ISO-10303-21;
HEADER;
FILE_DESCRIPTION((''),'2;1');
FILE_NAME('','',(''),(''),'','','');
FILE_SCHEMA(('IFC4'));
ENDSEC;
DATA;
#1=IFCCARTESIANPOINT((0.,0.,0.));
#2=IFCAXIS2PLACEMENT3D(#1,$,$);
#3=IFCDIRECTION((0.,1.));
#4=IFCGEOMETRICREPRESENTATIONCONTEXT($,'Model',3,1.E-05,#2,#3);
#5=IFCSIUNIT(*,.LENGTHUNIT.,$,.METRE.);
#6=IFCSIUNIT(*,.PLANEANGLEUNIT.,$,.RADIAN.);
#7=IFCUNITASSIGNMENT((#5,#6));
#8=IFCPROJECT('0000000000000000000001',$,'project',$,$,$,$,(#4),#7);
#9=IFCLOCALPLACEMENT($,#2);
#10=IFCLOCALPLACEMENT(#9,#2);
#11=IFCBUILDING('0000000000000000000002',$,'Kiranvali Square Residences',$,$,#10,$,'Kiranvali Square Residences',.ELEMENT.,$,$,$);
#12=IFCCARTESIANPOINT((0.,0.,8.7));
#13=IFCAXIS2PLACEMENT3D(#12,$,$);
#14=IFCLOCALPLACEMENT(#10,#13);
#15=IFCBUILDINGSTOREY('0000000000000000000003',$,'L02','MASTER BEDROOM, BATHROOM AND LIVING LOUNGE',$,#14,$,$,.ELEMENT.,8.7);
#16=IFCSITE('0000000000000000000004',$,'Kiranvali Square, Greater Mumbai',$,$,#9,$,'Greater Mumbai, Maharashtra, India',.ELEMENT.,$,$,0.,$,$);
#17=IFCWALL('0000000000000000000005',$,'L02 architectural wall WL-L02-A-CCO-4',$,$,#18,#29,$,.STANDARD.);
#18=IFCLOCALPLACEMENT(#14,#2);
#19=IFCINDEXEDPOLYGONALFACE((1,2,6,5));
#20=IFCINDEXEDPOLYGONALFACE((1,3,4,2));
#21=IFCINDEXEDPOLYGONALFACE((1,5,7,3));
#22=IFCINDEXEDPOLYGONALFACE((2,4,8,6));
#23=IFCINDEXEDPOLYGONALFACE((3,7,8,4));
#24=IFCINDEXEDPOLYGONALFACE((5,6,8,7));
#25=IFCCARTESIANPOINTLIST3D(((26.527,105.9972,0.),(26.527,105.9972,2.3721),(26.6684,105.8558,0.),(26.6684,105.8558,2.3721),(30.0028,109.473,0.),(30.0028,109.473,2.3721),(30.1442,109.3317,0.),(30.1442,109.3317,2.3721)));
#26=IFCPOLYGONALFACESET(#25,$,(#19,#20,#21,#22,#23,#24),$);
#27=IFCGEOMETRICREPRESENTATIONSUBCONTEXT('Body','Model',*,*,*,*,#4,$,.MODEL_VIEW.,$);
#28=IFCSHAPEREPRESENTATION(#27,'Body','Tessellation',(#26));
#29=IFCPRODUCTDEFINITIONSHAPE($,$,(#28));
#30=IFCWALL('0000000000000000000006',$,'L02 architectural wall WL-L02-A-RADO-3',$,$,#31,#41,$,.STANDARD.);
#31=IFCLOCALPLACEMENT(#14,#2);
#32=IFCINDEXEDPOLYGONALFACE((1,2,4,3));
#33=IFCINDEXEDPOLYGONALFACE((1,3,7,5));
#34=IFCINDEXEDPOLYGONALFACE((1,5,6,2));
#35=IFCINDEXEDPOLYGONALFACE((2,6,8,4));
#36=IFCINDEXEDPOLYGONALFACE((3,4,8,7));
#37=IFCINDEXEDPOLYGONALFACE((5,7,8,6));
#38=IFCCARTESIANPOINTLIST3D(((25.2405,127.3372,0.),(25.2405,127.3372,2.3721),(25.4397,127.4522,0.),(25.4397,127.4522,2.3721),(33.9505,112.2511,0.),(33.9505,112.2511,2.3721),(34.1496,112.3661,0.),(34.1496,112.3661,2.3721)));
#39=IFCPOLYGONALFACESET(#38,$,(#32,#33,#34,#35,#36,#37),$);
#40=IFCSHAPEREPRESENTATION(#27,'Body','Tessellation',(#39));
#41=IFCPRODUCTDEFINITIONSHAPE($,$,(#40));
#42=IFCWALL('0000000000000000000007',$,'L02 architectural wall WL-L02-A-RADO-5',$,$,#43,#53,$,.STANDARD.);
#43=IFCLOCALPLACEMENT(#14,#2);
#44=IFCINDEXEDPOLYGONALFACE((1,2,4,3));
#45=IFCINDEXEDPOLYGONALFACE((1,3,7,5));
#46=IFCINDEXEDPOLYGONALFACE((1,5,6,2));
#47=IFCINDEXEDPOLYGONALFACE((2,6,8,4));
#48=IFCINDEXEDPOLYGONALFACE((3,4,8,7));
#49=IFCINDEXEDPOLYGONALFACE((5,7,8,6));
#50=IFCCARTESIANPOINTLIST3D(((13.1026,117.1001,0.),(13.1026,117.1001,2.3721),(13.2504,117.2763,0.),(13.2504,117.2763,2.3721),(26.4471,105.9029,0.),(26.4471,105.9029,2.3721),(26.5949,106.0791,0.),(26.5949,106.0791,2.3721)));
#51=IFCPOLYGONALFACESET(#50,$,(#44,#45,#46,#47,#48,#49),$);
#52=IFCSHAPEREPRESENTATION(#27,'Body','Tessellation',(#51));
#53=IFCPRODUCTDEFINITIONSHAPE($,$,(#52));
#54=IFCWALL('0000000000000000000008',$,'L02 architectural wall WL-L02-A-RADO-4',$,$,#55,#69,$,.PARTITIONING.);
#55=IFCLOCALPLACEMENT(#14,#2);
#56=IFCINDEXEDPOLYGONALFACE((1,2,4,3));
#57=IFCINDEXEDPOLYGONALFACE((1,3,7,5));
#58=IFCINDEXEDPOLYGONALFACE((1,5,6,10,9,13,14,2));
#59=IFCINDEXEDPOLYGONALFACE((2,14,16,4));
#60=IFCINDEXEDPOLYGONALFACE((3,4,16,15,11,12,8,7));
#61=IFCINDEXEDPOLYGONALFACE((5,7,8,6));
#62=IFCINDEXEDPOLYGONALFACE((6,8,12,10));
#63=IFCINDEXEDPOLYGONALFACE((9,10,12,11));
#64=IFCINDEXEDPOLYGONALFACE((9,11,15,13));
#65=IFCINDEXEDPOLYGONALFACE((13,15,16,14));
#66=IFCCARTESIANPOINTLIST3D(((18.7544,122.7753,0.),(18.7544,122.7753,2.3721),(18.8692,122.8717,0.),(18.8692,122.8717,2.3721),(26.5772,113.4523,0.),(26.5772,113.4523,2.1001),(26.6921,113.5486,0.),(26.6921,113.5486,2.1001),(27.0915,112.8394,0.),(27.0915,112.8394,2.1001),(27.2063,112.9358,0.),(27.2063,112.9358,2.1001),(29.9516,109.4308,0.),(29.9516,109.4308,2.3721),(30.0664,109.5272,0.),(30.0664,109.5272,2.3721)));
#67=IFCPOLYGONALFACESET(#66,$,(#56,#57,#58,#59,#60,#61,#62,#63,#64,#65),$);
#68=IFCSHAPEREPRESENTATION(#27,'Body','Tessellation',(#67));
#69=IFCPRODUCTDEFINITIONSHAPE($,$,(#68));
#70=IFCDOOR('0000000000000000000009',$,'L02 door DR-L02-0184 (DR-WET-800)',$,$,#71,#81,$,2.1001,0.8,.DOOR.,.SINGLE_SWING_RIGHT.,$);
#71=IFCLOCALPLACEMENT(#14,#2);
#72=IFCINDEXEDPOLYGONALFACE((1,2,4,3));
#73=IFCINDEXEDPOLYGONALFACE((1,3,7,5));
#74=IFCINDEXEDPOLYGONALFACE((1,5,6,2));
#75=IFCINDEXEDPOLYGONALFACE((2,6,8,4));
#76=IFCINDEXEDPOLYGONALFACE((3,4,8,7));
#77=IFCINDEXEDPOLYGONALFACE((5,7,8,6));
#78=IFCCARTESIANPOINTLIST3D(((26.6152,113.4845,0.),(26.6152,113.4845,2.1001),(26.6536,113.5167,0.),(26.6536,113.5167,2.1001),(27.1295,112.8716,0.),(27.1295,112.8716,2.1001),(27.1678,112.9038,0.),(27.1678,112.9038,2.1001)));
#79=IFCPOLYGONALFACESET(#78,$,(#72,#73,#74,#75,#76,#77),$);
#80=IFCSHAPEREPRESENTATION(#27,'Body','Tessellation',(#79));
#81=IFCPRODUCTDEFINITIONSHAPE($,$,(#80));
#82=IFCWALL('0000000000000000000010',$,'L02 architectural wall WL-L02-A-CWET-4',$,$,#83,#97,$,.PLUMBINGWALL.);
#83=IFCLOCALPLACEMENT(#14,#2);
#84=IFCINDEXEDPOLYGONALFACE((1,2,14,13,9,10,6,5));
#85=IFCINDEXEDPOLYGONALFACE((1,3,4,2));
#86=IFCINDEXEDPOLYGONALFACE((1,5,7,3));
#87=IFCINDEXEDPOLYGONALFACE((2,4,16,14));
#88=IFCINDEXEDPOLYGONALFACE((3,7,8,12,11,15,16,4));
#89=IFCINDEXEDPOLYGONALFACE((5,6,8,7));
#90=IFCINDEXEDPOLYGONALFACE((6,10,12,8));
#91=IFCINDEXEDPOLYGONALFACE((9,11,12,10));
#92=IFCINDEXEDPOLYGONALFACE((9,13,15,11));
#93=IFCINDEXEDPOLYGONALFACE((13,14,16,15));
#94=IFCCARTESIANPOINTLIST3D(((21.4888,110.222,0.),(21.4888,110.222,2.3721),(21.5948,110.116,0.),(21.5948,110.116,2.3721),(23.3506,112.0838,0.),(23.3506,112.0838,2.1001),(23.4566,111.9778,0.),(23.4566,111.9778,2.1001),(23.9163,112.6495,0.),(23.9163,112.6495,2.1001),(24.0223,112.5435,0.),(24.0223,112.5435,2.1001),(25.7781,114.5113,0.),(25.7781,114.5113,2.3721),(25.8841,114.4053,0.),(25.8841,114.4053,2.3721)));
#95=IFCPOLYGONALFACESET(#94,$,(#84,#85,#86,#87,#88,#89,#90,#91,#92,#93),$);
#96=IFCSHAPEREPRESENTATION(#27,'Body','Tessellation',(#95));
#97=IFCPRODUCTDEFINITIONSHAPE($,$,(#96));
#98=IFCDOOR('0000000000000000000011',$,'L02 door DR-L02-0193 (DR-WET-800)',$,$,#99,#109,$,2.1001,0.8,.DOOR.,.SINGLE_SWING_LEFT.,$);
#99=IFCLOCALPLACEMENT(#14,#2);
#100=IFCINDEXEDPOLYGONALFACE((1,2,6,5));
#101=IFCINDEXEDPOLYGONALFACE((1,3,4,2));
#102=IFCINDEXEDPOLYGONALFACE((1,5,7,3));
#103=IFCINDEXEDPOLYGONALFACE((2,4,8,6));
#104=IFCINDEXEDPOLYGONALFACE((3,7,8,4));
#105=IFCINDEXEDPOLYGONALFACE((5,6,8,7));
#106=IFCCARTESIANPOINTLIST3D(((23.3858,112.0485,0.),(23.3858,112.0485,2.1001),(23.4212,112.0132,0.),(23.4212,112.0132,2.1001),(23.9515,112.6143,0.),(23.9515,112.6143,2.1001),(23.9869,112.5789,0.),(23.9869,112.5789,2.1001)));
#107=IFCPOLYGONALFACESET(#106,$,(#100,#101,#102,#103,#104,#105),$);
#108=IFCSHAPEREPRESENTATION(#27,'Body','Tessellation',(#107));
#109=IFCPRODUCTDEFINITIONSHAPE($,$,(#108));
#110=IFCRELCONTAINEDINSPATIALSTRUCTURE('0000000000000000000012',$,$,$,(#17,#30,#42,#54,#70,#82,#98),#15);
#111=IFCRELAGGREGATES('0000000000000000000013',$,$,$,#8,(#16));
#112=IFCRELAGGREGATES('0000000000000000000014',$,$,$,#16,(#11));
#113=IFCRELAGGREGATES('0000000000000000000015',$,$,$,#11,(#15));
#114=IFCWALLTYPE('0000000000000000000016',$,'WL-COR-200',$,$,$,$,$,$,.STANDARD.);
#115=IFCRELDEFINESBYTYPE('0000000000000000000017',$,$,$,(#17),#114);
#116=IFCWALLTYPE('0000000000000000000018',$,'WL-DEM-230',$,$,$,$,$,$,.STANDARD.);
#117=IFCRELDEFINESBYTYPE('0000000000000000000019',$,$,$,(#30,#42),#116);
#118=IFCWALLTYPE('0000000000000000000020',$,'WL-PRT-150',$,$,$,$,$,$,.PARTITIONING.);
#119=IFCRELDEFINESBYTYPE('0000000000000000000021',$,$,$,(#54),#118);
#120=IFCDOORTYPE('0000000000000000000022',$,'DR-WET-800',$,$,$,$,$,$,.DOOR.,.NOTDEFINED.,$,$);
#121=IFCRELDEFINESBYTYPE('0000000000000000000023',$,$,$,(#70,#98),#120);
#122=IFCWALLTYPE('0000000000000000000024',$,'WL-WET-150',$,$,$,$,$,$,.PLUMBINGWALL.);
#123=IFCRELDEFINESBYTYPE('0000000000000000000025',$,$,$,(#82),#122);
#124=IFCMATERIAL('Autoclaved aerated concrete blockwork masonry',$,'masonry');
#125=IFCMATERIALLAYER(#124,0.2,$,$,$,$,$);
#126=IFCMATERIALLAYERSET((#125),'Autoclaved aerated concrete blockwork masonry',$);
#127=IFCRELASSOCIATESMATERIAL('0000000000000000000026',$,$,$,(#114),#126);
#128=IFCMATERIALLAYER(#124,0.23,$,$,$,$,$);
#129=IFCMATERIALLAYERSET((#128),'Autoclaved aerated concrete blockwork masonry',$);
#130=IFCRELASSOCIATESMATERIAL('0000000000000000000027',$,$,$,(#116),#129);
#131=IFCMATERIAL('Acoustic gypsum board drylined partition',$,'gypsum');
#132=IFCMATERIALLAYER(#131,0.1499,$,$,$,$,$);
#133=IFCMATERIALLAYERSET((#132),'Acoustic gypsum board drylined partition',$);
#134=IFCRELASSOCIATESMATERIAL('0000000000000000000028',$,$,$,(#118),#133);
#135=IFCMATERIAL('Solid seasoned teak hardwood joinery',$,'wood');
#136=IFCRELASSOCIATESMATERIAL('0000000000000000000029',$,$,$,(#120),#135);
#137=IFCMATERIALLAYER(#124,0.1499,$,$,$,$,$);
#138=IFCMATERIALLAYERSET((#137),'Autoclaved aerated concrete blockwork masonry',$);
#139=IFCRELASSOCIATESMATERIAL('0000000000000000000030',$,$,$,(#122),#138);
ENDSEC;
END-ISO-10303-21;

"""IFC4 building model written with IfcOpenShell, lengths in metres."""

from ifc_helpers import new_model, si_unit, direction, frame, frame_2d, origin, place, context, subcontext, project, spatial, rectangle, extrude, material, layer, layer_set, type_object, element, fill, save


model = new_model("IFC4")

# Units and contexts
model_context = context("Model", 3, precision=1e-05, world=origin(), true_north=direction((0.0, 1.0)))
body_context = subcontext(model_context, "Body", "Model", "MODEL_VIEW")
ifc_project = project(units=[si_unit("LENGTHUNIT", "METRE"), si_unit("PLANEANGLEUNIT", "RADIAN")], contexts=[model_context])

# Site, building, storey
site_placement = place(None, origin())
site = spatial("IfcSite", under=ifc_project, at=site_placement, Name="Kiranvali Square, Greater Mumbai", LongName="Greater Mumbai, Maharashtra, India", CompositionType="ELEMENT", RefElevation=0.0)
building_placement = place(site_placement, origin())
building = spatial("IfcBuilding", under=site, at=building_placement, Name="Kiranvali Square Residences", LongName="Kiranvali Square Residences", CompositionType="ELEMENT")
storey_placement = place(building_placement, frame((0.0, 0.0, 8.7)))
storey = spatial("IfcBuildingStorey", under=building, at=storey_placement, Name="L02", Description="MASTER BEDROOM, BATHROOM AND LIVING LOUNGE", CompositionType="ELEMENT", Elevation=8.7)

# Shared definitions
ifc_material_1 = material(Name="Autoclaved aerated concrete blockwork masonry", Category="masonry")
ifc_layer_1 = layer(ifc_material_1, 0.2)
ifc_layer_set_1 = layer_set([ifc_layer_1], Name="Autoclaved aerated concrete blockwork masonry")
wall_type_1 = type_object("IfcWallType", Name="WL-COR-200", PredefinedType="STANDARD", material=ifc_layer_set_1)

# Wall
wall_1_placement = place(storey_placement, frame((30.0735, 109.4023, 0.0), z_axis=(0.0, 0.0, 1.0), x_axis=(-0.707107, -0.707107, 0.0)))
element("IfcWall", 1, at=wall_1_placement, inside=storey, type_object=wall_type_1, Name="L02 architectural wall WL-L02-A-CCO-4", PredefinedType="STANDARD", context=body_context, shape_type="SweptSolid", body=[
    extrude(rectangle(XDim=4.9155, YDim=0.2, at=frame_2d((2.4578, 0.0))), origin(), (0.0, 0.0, 1.0), 2.3721),
])

# Walls
ifc_layer_2 = layer(ifc_material_1, 0.23)
ifc_layer_set_2 = layer_set([ifc_layer_2], Name="Autoclaved aerated concrete blockwork masonry")
wall_type_2 = type_object("IfcWallType", Name="WL-DEM-230", PredefinedType="STANDARD", material=ifc_layer_set_2)
for number, where, z_axis, x_axis, name in (
    (2, (34.05, 112.3086, 0.0), (0.0, 0.0, 1.0), (-0.499998, 0.866027, 0.0), "L02 architectural wall WL-L02-A-RADO-3"),
    (3, (26.521, 105.991, 0.0), (0.0, 0.0, 1.0), (-0.766047, 0.642785, 0.0), "L02 architectural wall WL-L02-A-RADO-5"),
):
    element("IfcWall", number, at=place(storey_placement, frame(where, z_axis=z_axis, x_axis=x_axis)), inside=storey, type_object=wall_type_2, Name=name, PredefinedType="STANDARD", context=body_context, shape_type="SweptSolid", body=[
        extrude(rectangle(XDim=17.4199, YDim=0.23, at=frame_2d((8.71, 0.0))), origin(), (0.0, 0.0, 1.0), 2.3721),
    ])

# Walls, openings, doors
ifc_material_2 = material(Name="Acoustic gypsum board drylined partition", Category="gypsum")
ifc_layer_3 = layer(ifc_material_2, 0.1499)
ifc_layer_set_3 = layer_set([ifc_layer_3], Name="Acoustic gypsum board drylined partition")
wall_type_3 = type_object("IfcWallType", Name="WL-PRT-150", PredefinedType="PARTITIONING", material=ifc_layer_set_3)
wall_2_placement = place(storey_placement, frame((30.009, 109.479, 0.0), z_axis=(0.0, 0.0, 1.0), x_axis=(-0.642785, 0.766047, 0.0)))
wall_2 = element("IfcWall", 4, at=wall_2_placement, inside=storey, type_object=wall_type_3, Name="L02 architectural wall WL-L02-A-RADO-4", PredefinedType="PARTITIONING", context=body_context, shape_type="SweptSolid", body=[
    extrude(rectangle(XDim=17.4199, YDim=0.1499, at=frame_2d((8.71, 0.0))), origin(), (0.0, 0.0, 1.0), 2.3721),
])
opening_1_placement = place(wall_2_placement, frame((4.4497, 0.0, 0.0)))
opening_1 = element("IfcOpeningElement", 5, at=opening_1_placement, cuts=wall_2, PredefinedType="OPENING", context=body_context, shape_type="SweptSolid", body=[
    extrude(rectangle(XDim=0.8, YDim=2.1001, at=frame_2d((0.3999, 1.05))), frame((0.0, 0.085, 0.0), z_axis=(0.0, -1.0, 0.0), x_axis=(1.0, 0.0, 0.0)), (0.0, 0.0, 1.0), 0.1699),
])
ifc_material_3 = material(Name="Solid seasoned teak hardwood joinery", Category="wood")
door_type_1 = type_object("IfcDoorType", Name="DR-WET-800", OperationType="NOTDEFINED", PredefinedType="DOOR", material=ifc_material_3)
door_1_placement = place(opening_1_placement, frame((0.8, 0.0, 0.0), z_axis=(0.0, 0.0, 1.0), x_axis=(-1.0, 0.0, 0.0)))
door_1 = element("IfcDoor", 6, at=door_1_placement, inside=storey, type_object=door_type_1, Name="L02 door DR-L02-0184 (DR-WET-800)", OperationType="SINGLE_SWING_RIGHT", OverallHeight=2.1001, OverallWidth=0.8, PredefinedType="DOOR", context=body_context, shape_type="SweptSolid", body=[
    extrude(rectangle(XDim=0.8, YDim=2.1001, at=frame_2d((0.3999, 1.05))), frame((0.0, 0.0249, 0.0), z_axis=(0.0, -1.0, 0.0), x_axis=(1.0, 0.0, 0.0)), (0.0, 0.0, 1.0), 0.05),
])
fill(opening_1, door_1)
ifc_layer_4 = layer(ifc_material_1, 0.1499)
ifc_layer_set_4 = layer_set([ifc_layer_4], Name="Autoclaved aerated concrete blockwork masonry")
wall_type_4 = type_object("IfcWallType", Name="WL-WET-150", PredefinedType="PLUMBINGWALL", material=ifc_layer_set_4)
wall_3_placement = place(storey_placement, frame((25.8311, 114.4583, 0.0), z_axis=(0.0, 0.0, 1.0), x_axis=(-0.707107, -0.707107, 0.0)))
wall_3 = element("IfcWall", 7, at=wall_3_placement, inside=storey, type_object=wall_type_4, Name="L02 architectural wall WL-L02-A-CWET-4", PredefinedType="PLUMBINGWALL", context=body_context, shape_type="SweptSolid", body=[
    extrude(rectangle(XDim=6.0659, YDim=0.1499, at=frame_2d((3.033, 0.0))), origin(), (0.0, 0.0, 1.0), 2.3721),
])
opening_2_placement = place(wall_3_placement, frame((2.6331, 0.0, 0.0)))
opening_2 = element("IfcOpeningElement", 8, at=opening_2_placement, cuts=wall_3, PredefinedType="OPENING", context=body_context, shape_type="SweptSolid", body=[
    extrude(rectangle(XDim=0.8, YDim=2.1001, at=frame_2d((0.3999, 1.05))), frame((0.0, 0.085, 0.0), z_axis=(0.0, -1.0, 0.0), x_axis=(1.0, 0.0, 0.0)), (0.0, 0.0, 1.0), 0.1699),
])
door_2_placement = place(opening_2_placement, origin())
door_2 = element("IfcDoor", 9, at=door_2_placement, inside=storey, type_object=door_type_1, Name="L02 door DR-L02-0193 (DR-WET-800)", OperationType="SINGLE_SWING_LEFT", OverallHeight=2.1001, OverallWidth=0.8, PredefinedType="DOOR", context=body_context, shape_type="SweptSolid", body=[
    extrude(rectangle(XDim=0.8, YDim=2.1001, at=frame_2d((0.3999, 1.05))), frame((0.0, 0.0249, 0.0), z_axis=(0.0, -1.0, 0.0), x_axis=(1.0, 0.0, 0.0)), (0.0, 0.0, 1.0), 0.05),
])
fill(opening_2, door_2)

save(model, "model.ifc")
